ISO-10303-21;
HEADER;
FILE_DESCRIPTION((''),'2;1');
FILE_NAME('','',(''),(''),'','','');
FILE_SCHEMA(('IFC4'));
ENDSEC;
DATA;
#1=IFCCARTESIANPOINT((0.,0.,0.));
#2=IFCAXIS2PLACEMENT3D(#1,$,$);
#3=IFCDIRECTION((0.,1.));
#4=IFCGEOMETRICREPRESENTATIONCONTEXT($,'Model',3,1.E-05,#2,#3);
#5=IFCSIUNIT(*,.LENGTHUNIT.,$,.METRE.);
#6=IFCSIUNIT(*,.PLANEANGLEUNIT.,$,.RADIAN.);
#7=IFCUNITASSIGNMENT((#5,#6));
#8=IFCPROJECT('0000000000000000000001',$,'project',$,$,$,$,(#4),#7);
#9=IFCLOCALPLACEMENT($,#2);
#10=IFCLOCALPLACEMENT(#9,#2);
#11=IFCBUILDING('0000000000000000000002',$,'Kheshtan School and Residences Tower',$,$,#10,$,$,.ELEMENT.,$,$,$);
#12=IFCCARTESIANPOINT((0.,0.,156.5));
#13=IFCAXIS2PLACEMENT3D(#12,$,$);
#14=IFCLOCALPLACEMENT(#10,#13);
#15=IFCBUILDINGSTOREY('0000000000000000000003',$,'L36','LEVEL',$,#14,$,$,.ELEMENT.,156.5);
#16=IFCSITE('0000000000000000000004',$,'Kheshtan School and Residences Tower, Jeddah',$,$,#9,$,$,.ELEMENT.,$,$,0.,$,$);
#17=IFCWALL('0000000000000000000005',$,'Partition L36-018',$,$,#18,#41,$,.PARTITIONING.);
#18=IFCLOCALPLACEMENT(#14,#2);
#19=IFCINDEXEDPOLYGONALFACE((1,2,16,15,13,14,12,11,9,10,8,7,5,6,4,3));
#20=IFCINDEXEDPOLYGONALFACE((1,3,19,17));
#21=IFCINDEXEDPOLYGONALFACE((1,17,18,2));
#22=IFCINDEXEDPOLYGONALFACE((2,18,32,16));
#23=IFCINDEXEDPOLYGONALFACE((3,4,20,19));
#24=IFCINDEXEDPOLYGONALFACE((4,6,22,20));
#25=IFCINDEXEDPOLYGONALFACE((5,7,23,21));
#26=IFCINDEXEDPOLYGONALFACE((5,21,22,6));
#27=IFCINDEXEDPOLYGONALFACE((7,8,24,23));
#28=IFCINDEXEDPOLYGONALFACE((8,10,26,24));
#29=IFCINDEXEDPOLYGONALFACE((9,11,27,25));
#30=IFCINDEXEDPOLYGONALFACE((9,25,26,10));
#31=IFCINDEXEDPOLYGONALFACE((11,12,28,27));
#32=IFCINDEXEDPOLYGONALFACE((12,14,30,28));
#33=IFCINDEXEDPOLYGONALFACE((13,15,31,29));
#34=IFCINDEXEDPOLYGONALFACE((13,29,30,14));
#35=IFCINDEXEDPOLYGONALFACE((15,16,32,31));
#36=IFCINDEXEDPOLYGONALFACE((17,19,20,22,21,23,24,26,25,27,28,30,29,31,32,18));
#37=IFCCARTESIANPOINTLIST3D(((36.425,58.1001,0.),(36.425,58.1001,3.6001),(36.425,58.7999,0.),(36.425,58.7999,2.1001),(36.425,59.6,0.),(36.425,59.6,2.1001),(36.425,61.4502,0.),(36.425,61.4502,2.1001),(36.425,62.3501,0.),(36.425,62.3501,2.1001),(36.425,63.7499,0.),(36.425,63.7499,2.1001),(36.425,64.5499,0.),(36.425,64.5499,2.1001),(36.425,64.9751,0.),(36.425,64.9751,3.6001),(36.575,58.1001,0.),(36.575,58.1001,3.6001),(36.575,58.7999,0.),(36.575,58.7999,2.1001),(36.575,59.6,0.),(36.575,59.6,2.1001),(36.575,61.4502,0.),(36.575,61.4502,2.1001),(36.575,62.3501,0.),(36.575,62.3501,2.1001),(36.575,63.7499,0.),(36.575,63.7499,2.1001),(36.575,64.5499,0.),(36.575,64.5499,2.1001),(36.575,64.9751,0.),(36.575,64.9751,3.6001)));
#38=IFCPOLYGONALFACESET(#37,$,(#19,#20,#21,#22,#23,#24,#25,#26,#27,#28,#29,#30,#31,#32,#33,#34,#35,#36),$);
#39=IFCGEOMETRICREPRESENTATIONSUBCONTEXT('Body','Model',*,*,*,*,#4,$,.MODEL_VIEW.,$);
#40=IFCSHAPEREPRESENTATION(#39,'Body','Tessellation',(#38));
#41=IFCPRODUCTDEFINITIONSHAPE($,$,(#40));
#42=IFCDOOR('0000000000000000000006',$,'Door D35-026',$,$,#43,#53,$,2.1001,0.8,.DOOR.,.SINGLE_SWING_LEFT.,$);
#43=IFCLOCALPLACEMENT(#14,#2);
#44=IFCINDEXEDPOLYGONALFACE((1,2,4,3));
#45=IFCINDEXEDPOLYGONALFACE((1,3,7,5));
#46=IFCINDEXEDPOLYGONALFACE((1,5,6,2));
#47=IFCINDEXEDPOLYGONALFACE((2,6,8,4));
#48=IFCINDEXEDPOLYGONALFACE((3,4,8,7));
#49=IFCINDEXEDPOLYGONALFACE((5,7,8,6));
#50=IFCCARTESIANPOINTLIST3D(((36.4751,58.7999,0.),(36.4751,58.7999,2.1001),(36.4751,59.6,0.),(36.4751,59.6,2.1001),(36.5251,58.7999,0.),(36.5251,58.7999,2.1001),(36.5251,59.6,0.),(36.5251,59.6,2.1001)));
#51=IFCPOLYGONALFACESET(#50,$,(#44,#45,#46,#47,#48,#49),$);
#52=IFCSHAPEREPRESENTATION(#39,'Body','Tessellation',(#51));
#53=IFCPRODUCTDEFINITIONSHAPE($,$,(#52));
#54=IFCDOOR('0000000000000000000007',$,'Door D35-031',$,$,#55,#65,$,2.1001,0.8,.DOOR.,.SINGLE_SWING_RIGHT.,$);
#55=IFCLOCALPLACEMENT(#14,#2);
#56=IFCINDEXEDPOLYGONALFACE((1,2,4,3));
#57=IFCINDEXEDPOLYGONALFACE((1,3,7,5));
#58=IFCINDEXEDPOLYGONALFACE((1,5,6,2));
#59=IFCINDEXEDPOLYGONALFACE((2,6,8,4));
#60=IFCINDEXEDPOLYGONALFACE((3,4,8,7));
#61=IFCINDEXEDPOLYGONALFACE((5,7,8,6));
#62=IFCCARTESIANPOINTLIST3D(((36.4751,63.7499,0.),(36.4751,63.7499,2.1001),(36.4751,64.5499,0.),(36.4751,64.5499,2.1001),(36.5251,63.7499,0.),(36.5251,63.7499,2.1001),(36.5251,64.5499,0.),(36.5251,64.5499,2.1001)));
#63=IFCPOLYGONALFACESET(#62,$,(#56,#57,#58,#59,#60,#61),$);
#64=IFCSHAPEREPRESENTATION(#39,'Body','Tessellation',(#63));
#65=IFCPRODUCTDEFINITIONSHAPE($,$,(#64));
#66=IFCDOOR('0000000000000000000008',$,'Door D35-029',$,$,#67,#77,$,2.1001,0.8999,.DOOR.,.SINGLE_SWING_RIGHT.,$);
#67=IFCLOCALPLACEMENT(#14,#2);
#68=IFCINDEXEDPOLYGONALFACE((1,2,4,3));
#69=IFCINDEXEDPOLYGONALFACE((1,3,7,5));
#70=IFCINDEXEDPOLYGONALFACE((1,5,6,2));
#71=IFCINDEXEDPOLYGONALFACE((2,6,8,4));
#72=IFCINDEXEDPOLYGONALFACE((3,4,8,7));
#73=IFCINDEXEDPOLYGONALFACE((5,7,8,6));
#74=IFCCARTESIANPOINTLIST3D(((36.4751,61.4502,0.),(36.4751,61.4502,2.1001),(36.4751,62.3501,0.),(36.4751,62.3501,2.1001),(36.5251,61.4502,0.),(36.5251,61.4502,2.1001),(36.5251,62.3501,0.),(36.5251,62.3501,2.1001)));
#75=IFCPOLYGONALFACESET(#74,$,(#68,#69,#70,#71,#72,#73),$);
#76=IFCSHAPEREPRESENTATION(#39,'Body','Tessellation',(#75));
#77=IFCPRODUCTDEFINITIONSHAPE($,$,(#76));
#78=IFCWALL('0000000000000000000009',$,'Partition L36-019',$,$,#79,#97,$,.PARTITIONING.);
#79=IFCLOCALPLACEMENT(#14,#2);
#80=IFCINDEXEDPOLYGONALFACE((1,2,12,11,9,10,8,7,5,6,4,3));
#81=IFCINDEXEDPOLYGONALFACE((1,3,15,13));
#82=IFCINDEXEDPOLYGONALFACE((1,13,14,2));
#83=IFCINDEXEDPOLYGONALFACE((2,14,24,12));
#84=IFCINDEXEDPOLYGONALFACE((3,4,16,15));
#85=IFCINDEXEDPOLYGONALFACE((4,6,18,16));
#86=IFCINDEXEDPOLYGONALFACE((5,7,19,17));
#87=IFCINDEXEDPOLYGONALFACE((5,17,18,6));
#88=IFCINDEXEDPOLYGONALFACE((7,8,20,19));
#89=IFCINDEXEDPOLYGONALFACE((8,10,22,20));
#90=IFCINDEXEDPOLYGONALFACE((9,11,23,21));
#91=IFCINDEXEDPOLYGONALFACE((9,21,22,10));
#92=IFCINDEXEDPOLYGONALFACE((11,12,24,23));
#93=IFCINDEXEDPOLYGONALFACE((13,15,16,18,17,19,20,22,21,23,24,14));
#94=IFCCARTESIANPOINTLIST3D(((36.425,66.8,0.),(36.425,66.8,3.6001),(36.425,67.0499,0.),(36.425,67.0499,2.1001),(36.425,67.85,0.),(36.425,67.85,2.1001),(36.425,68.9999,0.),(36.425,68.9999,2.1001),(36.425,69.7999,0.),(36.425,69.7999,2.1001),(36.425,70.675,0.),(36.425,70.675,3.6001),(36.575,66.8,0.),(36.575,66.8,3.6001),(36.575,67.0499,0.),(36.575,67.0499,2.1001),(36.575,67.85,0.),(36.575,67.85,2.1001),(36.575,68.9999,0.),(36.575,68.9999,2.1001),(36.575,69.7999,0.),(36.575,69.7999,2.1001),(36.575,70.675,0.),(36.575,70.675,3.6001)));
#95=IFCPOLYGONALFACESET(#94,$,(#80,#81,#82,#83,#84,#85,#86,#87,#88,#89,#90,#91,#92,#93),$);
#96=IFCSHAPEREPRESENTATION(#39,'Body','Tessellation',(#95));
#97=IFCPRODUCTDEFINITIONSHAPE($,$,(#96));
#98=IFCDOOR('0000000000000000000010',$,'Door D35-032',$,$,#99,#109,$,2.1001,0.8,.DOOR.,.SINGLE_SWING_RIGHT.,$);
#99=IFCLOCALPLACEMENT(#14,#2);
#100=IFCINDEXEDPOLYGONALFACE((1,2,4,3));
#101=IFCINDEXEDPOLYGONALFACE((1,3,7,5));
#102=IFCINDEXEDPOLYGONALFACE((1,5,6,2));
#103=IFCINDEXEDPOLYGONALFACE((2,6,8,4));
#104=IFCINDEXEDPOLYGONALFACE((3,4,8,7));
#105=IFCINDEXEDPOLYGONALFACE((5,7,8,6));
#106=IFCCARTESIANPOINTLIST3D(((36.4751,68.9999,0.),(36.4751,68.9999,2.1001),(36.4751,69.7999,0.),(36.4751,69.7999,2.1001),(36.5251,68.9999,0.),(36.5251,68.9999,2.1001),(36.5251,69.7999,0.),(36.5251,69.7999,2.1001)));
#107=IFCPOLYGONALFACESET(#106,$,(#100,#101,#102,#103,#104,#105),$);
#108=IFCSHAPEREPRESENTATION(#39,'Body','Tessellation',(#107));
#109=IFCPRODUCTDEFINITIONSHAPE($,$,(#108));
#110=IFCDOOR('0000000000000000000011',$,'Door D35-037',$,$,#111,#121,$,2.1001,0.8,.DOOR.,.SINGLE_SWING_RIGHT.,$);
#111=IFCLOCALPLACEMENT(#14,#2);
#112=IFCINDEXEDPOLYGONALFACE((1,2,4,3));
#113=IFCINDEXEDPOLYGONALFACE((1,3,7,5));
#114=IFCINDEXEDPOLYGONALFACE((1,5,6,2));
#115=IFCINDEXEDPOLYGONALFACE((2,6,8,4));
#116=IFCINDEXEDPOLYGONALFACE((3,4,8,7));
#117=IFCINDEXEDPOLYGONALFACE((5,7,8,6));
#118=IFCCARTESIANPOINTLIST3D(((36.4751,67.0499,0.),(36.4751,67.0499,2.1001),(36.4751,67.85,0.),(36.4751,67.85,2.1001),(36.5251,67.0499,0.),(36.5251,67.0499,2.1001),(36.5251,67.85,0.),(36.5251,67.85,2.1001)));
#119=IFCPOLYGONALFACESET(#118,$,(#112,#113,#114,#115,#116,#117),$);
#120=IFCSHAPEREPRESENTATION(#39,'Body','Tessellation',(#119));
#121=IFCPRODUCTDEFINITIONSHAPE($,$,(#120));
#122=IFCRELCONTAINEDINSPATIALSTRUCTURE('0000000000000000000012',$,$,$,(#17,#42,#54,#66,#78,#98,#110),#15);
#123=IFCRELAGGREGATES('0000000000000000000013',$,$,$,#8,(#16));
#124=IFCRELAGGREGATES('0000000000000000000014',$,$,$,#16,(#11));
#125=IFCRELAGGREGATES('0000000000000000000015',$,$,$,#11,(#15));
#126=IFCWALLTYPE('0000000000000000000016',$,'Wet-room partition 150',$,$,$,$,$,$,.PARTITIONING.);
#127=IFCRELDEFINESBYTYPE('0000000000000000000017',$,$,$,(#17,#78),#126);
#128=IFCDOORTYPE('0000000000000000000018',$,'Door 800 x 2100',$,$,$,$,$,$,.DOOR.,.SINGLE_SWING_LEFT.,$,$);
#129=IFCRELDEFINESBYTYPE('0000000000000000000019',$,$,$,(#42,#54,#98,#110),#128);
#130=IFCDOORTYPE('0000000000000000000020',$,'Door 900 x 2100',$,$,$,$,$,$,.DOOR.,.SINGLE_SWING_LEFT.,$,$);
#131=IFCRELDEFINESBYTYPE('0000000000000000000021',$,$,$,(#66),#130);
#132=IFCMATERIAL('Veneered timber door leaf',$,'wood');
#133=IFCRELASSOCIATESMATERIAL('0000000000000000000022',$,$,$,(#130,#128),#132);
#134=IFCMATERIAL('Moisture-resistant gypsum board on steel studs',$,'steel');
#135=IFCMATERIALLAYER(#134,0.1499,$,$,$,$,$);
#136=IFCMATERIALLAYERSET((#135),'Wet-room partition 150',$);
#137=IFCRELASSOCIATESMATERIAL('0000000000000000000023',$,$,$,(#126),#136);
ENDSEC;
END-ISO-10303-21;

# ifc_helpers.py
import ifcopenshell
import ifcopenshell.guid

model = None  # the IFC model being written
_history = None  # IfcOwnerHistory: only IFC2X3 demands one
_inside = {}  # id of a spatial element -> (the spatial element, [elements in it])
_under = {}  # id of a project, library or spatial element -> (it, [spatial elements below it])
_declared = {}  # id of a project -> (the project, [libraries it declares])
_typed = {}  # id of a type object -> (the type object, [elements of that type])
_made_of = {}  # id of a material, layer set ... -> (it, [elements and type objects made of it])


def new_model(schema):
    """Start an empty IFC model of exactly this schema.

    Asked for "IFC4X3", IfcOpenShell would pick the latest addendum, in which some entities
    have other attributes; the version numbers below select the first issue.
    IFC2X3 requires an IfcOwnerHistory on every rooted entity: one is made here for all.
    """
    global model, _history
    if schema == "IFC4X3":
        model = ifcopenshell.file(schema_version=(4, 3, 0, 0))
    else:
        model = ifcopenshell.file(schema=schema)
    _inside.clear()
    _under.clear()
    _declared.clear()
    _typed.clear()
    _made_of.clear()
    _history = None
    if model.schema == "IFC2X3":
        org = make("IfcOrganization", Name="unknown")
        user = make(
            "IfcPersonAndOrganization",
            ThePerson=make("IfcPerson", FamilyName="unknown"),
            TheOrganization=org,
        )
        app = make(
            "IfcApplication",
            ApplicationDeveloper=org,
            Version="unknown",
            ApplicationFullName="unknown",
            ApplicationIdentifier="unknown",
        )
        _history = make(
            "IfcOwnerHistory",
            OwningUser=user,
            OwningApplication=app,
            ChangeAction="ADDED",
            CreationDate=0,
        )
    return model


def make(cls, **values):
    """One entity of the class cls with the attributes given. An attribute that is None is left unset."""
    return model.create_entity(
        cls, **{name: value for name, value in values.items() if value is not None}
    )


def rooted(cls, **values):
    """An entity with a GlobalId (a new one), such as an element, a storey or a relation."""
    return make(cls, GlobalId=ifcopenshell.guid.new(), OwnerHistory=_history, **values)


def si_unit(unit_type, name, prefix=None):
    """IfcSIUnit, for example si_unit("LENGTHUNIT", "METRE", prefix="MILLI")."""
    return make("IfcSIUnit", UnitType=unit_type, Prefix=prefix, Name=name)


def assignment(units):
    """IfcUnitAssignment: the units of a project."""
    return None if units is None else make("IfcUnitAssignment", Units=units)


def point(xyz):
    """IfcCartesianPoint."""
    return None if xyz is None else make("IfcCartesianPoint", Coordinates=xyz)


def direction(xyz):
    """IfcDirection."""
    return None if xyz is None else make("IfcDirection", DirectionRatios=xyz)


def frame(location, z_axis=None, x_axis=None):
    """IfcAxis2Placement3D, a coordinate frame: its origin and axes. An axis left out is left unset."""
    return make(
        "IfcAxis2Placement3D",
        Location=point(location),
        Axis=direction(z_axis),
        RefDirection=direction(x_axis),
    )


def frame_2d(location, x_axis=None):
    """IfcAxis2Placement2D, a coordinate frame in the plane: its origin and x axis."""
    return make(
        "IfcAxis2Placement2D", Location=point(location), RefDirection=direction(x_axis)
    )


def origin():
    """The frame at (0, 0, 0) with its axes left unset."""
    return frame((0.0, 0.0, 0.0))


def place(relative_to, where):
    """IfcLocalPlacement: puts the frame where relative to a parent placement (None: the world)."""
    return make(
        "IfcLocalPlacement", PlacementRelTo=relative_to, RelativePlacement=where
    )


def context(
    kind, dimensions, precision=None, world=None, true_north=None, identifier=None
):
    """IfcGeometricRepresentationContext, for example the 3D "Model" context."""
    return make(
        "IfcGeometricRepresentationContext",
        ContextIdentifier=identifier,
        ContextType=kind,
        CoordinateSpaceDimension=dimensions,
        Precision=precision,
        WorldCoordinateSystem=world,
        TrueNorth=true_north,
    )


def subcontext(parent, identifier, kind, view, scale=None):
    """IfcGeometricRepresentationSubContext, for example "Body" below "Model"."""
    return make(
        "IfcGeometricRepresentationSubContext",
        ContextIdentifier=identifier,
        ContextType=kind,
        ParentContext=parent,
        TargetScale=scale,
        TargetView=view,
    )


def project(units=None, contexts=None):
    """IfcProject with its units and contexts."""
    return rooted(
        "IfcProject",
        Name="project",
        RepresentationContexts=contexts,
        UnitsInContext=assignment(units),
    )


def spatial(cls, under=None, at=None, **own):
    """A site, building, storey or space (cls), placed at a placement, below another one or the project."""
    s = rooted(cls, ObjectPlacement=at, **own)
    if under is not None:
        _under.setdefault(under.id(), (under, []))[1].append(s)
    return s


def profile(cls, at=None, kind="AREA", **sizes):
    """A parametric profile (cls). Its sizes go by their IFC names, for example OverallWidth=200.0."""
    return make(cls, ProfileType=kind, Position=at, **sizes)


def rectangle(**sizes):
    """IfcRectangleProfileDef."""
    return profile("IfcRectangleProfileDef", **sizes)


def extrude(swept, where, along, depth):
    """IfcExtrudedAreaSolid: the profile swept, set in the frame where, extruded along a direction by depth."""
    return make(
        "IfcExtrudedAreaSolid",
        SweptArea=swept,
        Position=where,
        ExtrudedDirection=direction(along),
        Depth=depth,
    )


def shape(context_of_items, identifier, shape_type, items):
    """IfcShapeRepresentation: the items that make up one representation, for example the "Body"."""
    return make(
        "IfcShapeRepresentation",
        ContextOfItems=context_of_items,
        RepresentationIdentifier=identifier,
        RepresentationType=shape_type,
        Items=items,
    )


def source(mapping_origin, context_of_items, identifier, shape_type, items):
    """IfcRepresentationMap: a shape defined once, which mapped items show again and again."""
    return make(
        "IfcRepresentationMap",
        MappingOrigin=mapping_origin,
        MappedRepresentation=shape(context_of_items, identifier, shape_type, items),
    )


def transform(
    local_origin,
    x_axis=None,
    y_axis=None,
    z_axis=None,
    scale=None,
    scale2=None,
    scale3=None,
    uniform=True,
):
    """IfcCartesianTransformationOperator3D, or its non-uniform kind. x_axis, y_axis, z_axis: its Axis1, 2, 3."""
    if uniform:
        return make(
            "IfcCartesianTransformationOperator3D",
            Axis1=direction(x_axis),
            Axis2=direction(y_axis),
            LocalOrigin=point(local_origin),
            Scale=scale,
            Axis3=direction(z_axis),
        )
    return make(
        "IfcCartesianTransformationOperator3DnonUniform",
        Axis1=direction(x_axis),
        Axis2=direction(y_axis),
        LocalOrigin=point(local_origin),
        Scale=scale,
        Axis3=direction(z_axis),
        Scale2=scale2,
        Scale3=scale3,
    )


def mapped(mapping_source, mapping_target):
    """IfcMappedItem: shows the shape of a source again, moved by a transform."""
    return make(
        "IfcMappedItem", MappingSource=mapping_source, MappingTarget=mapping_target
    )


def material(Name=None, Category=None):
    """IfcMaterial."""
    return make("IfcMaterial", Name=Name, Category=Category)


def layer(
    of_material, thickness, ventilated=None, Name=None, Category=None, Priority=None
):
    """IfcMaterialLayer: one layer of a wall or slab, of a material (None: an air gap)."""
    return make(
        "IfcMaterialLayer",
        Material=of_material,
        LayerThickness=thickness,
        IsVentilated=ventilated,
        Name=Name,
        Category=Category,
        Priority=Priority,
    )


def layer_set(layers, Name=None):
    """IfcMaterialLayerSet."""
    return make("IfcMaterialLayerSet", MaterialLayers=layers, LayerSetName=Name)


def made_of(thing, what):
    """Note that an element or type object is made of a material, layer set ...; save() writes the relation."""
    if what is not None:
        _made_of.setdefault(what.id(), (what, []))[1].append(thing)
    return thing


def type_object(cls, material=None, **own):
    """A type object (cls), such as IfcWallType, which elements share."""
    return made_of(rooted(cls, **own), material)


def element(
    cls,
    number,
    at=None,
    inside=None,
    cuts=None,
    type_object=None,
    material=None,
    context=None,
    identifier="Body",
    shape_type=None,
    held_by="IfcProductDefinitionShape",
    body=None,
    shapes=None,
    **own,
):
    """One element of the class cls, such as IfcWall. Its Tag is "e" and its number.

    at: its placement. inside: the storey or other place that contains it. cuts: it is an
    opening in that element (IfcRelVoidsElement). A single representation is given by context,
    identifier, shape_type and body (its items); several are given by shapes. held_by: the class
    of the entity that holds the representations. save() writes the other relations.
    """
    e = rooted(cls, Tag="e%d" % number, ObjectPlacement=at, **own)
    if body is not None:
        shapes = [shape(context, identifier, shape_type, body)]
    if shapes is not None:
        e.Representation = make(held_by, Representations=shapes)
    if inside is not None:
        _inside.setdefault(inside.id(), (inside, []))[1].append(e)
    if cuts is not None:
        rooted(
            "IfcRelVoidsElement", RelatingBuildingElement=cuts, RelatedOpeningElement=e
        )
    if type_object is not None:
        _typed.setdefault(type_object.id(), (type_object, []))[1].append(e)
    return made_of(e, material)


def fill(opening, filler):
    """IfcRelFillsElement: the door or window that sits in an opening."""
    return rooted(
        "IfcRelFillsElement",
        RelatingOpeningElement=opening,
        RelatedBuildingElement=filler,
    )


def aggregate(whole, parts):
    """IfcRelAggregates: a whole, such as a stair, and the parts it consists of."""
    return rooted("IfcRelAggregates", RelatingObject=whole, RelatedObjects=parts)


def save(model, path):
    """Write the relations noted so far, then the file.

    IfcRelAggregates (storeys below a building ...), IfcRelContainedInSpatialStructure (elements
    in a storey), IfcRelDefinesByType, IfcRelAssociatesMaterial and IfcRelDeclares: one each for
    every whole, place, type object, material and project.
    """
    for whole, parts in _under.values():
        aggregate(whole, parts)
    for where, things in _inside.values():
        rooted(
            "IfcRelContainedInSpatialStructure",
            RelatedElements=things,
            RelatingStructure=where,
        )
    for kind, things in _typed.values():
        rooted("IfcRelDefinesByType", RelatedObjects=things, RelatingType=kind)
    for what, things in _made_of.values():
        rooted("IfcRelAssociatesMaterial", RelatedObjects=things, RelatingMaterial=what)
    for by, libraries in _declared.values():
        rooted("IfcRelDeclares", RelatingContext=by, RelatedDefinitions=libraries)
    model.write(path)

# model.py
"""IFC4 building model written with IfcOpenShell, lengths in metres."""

from ifc_helpers import new_model, si_unit, direction, frame, frame_2d, origin, place, context, subcontext, project, spatial, rectangle, extrude, source, transform, mapped, material, layer, layer_set, type_object, element, fill, save


model = new_model("IFC4")

# Units and contexts
model_context = context("Model", 3, precision=1e-05, world=origin(), true_north=direction((0.0, 1.0)))
body_context = subcontext(model_context, "Body", "Model", "MODEL_VIEW")
ifc_project = project(units=[si_unit("LENGTHUNIT", "METRE"), si_unit("PLANEANGLEUNIT", "RADIAN")], contexts=[model_context])

# Site, building, storey
site_placement = place(None, origin())
site = spatial("IfcSite", under=ifc_project, at=site_placement, Name="Kheshtan School and Residences Tower, Jeddah", CompositionType="ELEMENT", RefElevation=0.0)
building_placement = place(site_placement, origin())
building = spatial("IfcBuilding", under=site, at=building_placement, Name="Kheshtan School and Residences Tower", CompositionType="ELEMENT")
storey_placement = place(building_placement, frame((0.0, 0.0, 156.5)))
storey = spatial("IfcBuildingStorey", under=building, at=storey_placement, Name="L36", Description="LEVEL", CompositionType="ELEMENT", Elevation=156.5)

# Shared definitions
ifc_material_1 = material(Name="Veneered timber door leaf", Category="wood")
door_type_1 = type_object("IfcDoorType", Name="Door 900 x 2100", OperationType="SINGLE_SWING_LEFT", PredefinedType="DOOR", material=ifc_material_1)
shared_shape_1 = source(origin(), body_context, "Body", "SweptSolid", [
    extrude(rectangle(XDim=0.8999, YDim=2.1001, at=frame_2d((0.45, 1.05))), frame((0.0, 0.0249, 0.0), z_axis=(0.0, -1.0, 0.0), x_axis=(1.0, 0.0, 0.0)), (0.0, 0.0, 1.0), 0.05),
])

# Shared definitions
ifc_material_2 = material(Name="Moisture-resistant gypsum board on steel studs", Category="steel")
ifc_layer_1 = layer(ifc_material_2, 0.1499)
ifc_layer_set_1 = layer_set([ifc_layer_1], Name="Wet-room partition 150")
wall_type_1 = type_object("IfcWallType", Name="Wet-room partition 150", PredefinedType="PARTITIONING", material=ifc_layer_set_1)

# Walls, openings, doors
wall_1_placement = place(storey_placement, frame((36.5, 58.1001, 0.0), z_axis=(0.0, 0.0, 1.0), x_axis=(0.0, 1.0, 0.0)))
wall_1 = element("IfcWall", 1, at=wall_1_placement, inside=storey, type_object=wall_type_1, Name="Partition L36-018", PredefinedType="PARTITIONING", context=body_context, shape_type="SweptSolid", body=[
    extrude(rectangle(XDim=6.875, YDim=0.1499, at=frame_2d((3.4375, 0.0))), origin(), (0.0, 0.0, 1.0), 3.6001),
])
opening_1_placement = place(wall_1_placement, frame((0.7, 0.0, 0.0)))
opening_1 = element("IfcOpeningElement", 2, at=opening_1_placement, cuts=wall_1, PredefinedType="OPENING", context=body_context, shape_type="SweptSolid", body=[
    extrude(rectangle(XDim=0.8, YDim=2.1001, at=frame_2d((0.3999, 1.05))), frame((0.0, 0.085, 0.0), z_axis=(0.0, -1.0, 0.0), x_axis=(1.0, 0.0, 0.0)), (0.0, 0.0, 1.0), 0.1699),
])
opening_2_placement = place(wall_1_placement, frame((3.3501, 0.0, 0.0)))
opening_2 = element("IfcOpeningElement", 3, at=opening_2_placement, cuts=wall_1, PredefinedType="OPENING", context=body_context, shape_type="SweptSolid", body=[
    extrude(rectangle(XDim=0.8999, YDim=2.1001, at=frame_2d((0.45, 1.05))), frame((0.0, 0.085, 0.0), z_axis=(0.0, -1.0, 0.0), x_axis=(1.0, 0.0, 0.0)), (0.0, 0.0, 1.0), 0.1699),
])
opening_3_placement = place(wall_1_placement, frame((5.6499, 0.0, 0.0)))
opening_3 = element("IfcOpeningElement", 4, at=opening_3_placement, cuts=wall_1, PredefinedType="OPENING", context=body_context, shape_type="SweptSolid", body=[
    extrude(rectangle(XDim=0.8, YDim=2.1001, at=frame_2d((0.3999, 1.05))), frame((0.0, 0.085, 0.0), z_axis=(0.0, -1.0, 0.0), x_axis=(1.0, 0.0, 0.0)), (0.0, 0.0, 1.0), 0.1699),
])
door_type_2 = type_object("IfcDoorType", Name="Door 800 x 2100", OperationType="SINGLE_SWING_LEFT", PredefinedType="DOOR", material=ifc_material_1)
shared_shape_2 = source(origin(), body_context, "Body", "SweptSolid", [
    extrude(rectangle(XDim=0.8, YDim=2.1001, at=frame_2d((0.3999, 1.05))), frame((0.0, 0.0249, 0.0), z_axis=(0.0, -1.0, 0.0), x_axis=(1.0, 0.0, 0.0)), (0.0, 0.0, 1.0), 0.05),
])
door_1_placement = place(opening_1_placement, origin())
door_1 = element("IfcDoor", 5, at=door_1_placement, inside=storey, type_object=door_type_2, Name="Door D35-026", OperationType="SINGLE_SWING_LEFT", OverallHeight=2.1001, OverallWidth=0.8, PredefinedType="DOOR", context=body_context, shape_type="MappedRepresentation", body=[
    mapped(shared_shape_2, transform((0.0, 0.0, 0.0), x_axis=(1.0, 0.0, 0.0), y_axis=(0.0, 1.0, 0.0), z_axis=(0.0, 0.0, 1.0), scale=1.0)),
])
fill(opening_1, door_1)
door_2_placement = place(opening_3_placement, origin())
door_2 = element("IfcDoor", 6, at=door_2_placement, inside=storey, type_object=door_type_2, Name="Door D35-031", OperationType="SINGLE_SWING_RIGHT", OverallHeight=2.1001, OverallWidth=0.8, PredefinedType="DOOR", context=body_context, shape_type="MappedRepresentation", body=[
    mapped(shared_shape_2, transform((0.0, 0.0, 0.0), x_axis=(1.0, 0.0, 0.0), y_axis=(0.0, 1.0, 0.0), z_axis=(0.0, 0.0, 1.0), scale=1.0)),
])
fill(opening_3, door_2)
door_3_placement = place(opening_2_placement, origin())
door_3 = element("IfcDoor", 7, at=door_3_placement, inside=storey, type_object=door_type_1, Name="Door D35-029", OperationType="SINGLE_SWING_RIGHT", OverallHeight=2.1001, OverallWidth=0.8999, PredefinedType="DOOR", context=body_context, shape_type="MappedRepresentation", body=[
    mapped(shared_shape_1, transform((0.0, 0.0, 0.0), x_axis=(1.0, 0.0, 0.0), y_axis=(0.0, 1.0, 0.0), z_axis=(0.0, 0.0, 1.0), scale=1.0)),
])
fill(opening_2, door_3)
wall_2_placement = place(storey_placement, frame((36.5, 66.8, 0.0), z_axis=(0.0, 0.0, 1.0), x_axis=(0.0, 1.0, 0.0)))
wall_2 = element("IfcWall", 8, at=wall_2_placement, inside=storey, type_object=wall_type_1, Name="Partition L36-019", PredefinedType="PARTITIONING", context=body_context, shape_type="SweptSolid", body=[
    extrude(rectangle(XDim=3.875, YDim=0.1499, at=frame_2d((1.9375, 0.0))), origin(), (0.0, 0.0, 1.0), 3.6001),
])
opening_4_placement = place(wall_2_placement, frame((2.2, 0.0, 0.0)))
opening_4 = element("IfcOpeningElement", 9, at=opening_4_placement, cuts=wall_2, PredefinedType="OPENING", context=body_context, shape_type="SweptSolid", body=[
    extrude(rectangle(XDim=0.8, YDim=2.1001, at=frame_2d((0.3999, 1.05))), frame((0.0, 0.085, 0.0), z_axis=(0.0, -1.0, 0.0), x_axis=(1.0, 0.0, 0.0)), (0.0, 0.0, 1.0), 0.1699),
])
opening_5_placement = place(wall_2_placement, frame((0.25, 0.0, 0.0)))
opening_5 = element("IfcOpeningElement", 10, at=opening_5_placement, cuts=wall_2, PredefinedType="OPENING", context=body_context, shape_type="SweptSolid", body=[
    extrude(rectangle(XDim=0.8, YDim=2.1001, at=frame_2d((0.3999, 1.05))), frame((0.0, 0.085, 0.0), z_axis=(0.0, -1.0, 0.0), x_axis=(1.0, 0.0, 0.0)), (0.0, 0.0, 1.0), 0.1699),
])
door_4_placement = place(opening_4_placement, origin())
door_4 = element("IfcDoor", 11, at=door_4_placement, inside=storey, type_object=door_type_2, Name="Door D35-032", OperationType="SINGLE_SWING_RIGHT", OverallHeight=2.1001, OverallWidth=0.8, PredefinedType="DOOR", context=body_context, shape_type="MappedRepresentation", body=[
    mapped(shared_shape_2, transform((0.0, 0.0, 0.0), x_axis=(1.0, 0.0, 0.0), y_axis=(0.0, 1.0, 0.0), z_axis=(0.0, 0.0, 1.0), scale=1.0)),
])
fill(opening_4, door_4)
door_5_placement = place(opening_5_placement, origin())
door_5 = element("IfcDoor", 12, at=door_5_placement, inside=storey, type_object=door_type_2, Name="Door D35-037", OperationType="SINGLE_SWING_RIGHT", OverallHeight=2.1001, OverallWidth=0.8, PredefinedType="DOOR", context=body_context, shape_type="MappedRepresentation", body=[
    mapped(shared_shape_2, transform((0.0, 0.0, 0.0), x_axis=(1.0, 0.0, 0.0), y_axis=(0.0, 1.0, 0.0), z_axis=(0.0, 0.0, 1.0), scale=1.0)),
])
fill(opening_5, door_5)

save(model, "model.ifc")
